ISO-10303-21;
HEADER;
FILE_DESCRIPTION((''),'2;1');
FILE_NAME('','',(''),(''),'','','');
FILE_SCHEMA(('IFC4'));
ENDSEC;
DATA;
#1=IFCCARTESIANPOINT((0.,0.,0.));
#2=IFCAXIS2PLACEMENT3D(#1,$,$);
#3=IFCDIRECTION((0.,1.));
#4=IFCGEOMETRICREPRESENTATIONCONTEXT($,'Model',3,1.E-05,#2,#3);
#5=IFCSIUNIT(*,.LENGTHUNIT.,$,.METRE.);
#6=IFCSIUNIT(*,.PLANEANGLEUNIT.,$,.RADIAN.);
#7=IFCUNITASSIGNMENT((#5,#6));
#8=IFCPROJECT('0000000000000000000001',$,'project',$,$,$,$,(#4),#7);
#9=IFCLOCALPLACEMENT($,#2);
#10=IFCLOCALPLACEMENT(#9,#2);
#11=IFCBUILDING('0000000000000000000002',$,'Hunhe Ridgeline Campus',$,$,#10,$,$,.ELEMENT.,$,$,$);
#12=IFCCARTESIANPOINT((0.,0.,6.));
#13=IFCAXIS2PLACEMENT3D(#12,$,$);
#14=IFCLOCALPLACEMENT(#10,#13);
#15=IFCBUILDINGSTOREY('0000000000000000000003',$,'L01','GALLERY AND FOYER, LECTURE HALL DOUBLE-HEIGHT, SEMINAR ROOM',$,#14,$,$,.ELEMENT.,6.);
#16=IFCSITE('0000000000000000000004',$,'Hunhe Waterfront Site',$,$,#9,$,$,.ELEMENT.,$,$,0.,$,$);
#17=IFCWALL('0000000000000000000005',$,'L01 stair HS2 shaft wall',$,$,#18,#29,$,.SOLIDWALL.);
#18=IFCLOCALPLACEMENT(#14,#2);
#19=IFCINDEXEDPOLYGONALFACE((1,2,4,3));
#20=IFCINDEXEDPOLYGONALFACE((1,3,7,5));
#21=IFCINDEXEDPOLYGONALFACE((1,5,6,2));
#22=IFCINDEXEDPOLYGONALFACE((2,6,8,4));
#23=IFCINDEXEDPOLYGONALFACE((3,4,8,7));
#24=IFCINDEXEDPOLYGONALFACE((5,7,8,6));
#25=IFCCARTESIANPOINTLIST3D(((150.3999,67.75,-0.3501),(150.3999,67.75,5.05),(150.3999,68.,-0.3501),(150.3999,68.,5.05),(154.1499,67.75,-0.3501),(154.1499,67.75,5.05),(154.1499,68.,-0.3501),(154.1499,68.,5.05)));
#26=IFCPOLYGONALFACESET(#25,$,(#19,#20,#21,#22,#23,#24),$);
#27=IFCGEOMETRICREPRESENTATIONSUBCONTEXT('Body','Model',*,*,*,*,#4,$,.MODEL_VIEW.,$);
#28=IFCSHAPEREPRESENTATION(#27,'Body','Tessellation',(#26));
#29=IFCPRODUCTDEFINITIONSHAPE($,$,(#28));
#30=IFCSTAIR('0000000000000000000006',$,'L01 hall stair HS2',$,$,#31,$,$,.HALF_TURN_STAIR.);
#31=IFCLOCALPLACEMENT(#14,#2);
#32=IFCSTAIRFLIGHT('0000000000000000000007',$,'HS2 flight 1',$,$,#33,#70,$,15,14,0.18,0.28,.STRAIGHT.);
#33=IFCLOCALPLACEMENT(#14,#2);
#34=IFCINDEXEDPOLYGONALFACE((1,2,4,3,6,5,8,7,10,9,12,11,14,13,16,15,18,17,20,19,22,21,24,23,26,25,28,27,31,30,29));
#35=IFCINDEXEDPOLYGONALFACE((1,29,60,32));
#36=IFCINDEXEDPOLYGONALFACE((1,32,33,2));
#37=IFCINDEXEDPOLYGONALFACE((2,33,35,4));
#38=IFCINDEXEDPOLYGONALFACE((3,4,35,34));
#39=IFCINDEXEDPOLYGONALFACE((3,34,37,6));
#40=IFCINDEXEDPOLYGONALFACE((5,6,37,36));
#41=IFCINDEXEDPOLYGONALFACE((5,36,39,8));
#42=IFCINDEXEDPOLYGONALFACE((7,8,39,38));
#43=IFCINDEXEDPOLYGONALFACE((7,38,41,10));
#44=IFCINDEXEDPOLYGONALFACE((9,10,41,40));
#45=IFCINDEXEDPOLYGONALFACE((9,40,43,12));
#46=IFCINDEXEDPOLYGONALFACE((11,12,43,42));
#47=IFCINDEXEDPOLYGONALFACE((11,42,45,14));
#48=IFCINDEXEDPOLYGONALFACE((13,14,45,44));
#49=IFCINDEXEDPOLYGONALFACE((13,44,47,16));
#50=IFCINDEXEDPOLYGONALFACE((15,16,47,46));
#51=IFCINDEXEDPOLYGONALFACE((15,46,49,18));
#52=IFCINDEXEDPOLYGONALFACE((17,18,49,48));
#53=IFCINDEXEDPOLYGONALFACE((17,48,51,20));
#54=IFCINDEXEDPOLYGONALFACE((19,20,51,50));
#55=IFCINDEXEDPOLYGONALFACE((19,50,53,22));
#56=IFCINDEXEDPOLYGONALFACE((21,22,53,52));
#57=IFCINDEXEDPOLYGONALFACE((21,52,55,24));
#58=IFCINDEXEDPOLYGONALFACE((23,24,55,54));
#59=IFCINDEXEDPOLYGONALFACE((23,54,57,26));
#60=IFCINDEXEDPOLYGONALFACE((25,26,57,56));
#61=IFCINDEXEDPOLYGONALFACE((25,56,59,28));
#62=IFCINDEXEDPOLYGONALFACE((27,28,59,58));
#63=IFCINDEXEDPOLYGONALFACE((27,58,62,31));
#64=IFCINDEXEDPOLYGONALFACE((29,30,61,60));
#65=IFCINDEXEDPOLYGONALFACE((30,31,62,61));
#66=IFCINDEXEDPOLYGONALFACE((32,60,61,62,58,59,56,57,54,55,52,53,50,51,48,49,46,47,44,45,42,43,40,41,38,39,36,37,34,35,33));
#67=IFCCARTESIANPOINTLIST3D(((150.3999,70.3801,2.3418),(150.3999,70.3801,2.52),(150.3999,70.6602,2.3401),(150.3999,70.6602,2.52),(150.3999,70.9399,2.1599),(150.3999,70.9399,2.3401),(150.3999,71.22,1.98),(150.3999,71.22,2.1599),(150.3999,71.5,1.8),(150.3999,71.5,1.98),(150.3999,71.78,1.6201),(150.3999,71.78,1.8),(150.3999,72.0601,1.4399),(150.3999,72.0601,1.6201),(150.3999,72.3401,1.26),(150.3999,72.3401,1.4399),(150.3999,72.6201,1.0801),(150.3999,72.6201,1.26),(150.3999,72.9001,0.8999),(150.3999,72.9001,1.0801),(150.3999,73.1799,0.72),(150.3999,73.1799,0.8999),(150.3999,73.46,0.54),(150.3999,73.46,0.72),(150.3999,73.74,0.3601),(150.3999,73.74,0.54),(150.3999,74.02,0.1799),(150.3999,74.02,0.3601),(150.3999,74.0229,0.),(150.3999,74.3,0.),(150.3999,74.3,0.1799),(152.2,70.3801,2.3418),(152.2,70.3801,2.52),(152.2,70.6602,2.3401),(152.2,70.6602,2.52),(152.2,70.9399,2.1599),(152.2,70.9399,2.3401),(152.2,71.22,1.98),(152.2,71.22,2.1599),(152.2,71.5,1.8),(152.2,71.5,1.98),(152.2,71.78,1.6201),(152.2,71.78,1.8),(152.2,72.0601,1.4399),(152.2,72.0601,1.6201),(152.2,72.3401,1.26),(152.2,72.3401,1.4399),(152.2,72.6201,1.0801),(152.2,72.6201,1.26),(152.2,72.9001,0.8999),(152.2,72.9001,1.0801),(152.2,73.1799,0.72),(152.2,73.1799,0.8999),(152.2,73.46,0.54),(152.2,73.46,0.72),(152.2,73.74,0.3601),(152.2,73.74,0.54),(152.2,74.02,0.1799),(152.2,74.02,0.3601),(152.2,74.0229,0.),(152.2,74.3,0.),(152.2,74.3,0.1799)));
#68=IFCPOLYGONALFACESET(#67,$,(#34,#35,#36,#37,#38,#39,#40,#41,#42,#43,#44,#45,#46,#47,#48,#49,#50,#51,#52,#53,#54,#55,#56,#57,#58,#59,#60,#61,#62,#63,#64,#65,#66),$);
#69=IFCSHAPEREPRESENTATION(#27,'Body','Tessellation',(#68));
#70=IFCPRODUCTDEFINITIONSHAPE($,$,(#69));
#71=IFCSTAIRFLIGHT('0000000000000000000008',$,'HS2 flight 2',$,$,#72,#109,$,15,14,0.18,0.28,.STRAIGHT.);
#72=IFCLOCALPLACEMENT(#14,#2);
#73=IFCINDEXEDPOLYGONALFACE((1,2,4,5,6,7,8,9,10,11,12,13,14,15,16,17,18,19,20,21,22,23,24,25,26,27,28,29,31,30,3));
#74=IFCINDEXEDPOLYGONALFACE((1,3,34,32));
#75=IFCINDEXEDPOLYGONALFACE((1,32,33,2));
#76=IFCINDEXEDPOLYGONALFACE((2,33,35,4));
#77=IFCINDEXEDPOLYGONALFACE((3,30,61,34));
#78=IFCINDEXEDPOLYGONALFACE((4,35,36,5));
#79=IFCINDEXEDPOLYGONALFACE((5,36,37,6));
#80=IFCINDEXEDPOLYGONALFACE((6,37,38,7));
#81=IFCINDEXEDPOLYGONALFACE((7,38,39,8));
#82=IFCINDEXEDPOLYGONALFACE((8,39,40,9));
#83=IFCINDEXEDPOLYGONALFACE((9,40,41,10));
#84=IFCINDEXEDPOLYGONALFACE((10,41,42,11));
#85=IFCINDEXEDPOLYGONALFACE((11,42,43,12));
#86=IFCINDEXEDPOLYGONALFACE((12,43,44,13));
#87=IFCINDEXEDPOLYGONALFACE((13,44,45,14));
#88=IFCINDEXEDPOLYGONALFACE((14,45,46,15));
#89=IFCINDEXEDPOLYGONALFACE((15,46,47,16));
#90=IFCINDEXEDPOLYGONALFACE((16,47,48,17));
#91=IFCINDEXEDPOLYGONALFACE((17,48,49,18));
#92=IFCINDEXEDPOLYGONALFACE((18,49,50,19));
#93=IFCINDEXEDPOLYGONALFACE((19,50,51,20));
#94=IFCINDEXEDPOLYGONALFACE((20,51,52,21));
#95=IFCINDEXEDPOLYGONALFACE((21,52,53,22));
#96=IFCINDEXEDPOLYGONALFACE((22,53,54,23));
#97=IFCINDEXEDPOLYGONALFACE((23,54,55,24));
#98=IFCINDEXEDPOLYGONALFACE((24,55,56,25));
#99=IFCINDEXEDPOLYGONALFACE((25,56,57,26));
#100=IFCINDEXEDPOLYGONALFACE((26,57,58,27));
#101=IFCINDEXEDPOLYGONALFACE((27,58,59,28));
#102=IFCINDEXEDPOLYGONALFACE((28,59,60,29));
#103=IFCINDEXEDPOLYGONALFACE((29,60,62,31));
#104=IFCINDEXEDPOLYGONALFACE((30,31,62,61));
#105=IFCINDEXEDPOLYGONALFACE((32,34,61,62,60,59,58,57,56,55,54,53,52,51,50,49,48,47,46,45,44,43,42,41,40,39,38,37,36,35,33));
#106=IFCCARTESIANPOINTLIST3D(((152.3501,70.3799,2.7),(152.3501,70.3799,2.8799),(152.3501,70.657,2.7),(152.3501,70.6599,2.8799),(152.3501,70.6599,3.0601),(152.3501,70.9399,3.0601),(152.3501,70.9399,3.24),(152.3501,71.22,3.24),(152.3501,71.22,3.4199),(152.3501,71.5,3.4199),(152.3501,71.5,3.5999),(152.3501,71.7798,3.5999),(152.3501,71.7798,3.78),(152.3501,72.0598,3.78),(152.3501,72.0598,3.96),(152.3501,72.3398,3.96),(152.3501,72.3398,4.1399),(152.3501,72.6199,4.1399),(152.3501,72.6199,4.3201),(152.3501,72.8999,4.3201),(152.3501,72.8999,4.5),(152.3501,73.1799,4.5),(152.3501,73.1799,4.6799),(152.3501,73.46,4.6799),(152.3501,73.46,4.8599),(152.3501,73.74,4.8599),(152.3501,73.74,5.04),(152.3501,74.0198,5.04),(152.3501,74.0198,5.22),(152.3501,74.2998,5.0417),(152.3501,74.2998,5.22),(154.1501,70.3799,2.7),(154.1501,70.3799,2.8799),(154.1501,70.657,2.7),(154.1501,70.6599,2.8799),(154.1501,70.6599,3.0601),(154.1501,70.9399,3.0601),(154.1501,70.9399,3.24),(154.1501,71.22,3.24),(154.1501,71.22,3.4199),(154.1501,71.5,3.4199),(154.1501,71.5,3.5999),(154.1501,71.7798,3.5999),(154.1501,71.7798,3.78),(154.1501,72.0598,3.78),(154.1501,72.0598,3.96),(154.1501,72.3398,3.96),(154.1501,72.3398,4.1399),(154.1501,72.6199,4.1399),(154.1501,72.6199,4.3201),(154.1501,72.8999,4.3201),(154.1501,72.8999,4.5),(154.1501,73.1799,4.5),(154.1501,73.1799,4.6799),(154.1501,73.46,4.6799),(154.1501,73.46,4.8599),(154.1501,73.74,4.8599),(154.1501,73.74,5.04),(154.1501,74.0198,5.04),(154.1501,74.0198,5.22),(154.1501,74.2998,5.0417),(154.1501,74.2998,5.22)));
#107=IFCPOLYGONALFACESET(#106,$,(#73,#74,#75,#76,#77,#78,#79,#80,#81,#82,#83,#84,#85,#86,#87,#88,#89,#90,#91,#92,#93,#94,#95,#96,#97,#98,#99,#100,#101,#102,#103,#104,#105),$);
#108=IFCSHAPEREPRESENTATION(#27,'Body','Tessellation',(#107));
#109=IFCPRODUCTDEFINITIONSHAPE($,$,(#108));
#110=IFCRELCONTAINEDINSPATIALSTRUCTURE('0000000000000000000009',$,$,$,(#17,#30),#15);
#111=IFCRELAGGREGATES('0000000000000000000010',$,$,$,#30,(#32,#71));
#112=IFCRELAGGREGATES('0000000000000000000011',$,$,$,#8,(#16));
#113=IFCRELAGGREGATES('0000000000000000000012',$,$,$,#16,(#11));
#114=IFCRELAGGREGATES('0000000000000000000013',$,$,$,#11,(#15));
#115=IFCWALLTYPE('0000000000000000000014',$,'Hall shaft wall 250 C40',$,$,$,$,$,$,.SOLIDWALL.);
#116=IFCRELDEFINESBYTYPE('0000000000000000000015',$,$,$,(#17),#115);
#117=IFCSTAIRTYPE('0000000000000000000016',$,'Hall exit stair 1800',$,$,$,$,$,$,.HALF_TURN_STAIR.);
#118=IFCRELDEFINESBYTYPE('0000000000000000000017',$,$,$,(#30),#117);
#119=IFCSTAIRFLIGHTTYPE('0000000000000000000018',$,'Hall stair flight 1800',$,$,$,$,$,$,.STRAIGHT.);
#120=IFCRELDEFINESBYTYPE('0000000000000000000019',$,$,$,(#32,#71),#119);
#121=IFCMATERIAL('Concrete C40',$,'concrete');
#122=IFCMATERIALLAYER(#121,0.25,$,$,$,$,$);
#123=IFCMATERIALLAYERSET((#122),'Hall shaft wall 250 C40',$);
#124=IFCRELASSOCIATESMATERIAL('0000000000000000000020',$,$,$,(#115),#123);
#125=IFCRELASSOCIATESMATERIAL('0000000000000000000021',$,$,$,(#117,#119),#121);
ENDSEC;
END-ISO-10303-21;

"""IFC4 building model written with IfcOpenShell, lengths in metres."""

from ifc_helpers import new_model, si_unit, direction, frame, frame_2d, origin, place, context, subcontext, project, spatial, polyline, rectangle, outline, extrude, material, layer, layer_set, type_object, element, aggregate, save


model = new_model("IFC4")

# Units and contexts
model_context = context("Model", 3, precision=1e-05, world=origin(), true_north=direction((0.0, 1.0)))
body_context = subcontext(model_context, "Body", "Model", "MODEL_VIEW")
ifc_project = project(units=[si_unit("LENGTHUNIT", "METRE"), si_unit("PLANEANGLEUNIT", "RADIAN")], contexts=[model_context])

# Site, building, storey
site_placement = place(None, origin())
site = spatial("IfcSite", under=ifc_project, at=site_placement, Name="Hunhe Waterfront Site", CompositionType="ELEMENT", RefElevation=0.0)
building_placement = place(site_placement, origin())
building = spatial("IfcBuilding", under=site, at=building_placement, Name="Hunhe Ridgeline Campus", CompositionType="ELEMENT")
storey_placement = place(building_placement, frame((0.0, 0.0, 6.0)))
storey = spatial("IfcBuildingStorey", under=building, at=storey_placement, Name="L01", Description="GALLERY AND FOYER, LECTURE HALL DOUBLE-HEIGHT, SEMINAR ROOM", CompositionType="ELEMENT", Elevation=6.0)

# Shared definitions
ifc_material_1 = material(Name="Concrete C40", Category="concrete")

# Shared definitions
ifc_layer_1 = layer(ifc_material_1, 0.25)
ifc_layer_set_1 = layer_set([ifc_layer_1], Name="Hall shaft wall 250 C40")
wall_type_1 = type_object("IfcWallType", Name="Hall shaft wall 250 C40", PredefinedType="SOLIDWALL", material=ifc_layer_set_1)

# Wall
wall_1_placement = place(storey_placement, frame((154.1499, 67.875, -0.3501), z_axis=(0.0, 0.0, 1.0), x_axis=(-1.0, 0.0, 0.0)))
element("IfcWall", 1, at=wall_1_placement, inside=storey, type_object=wall_type_1, Name="L01 stair HS2 shaft wall", PredefinedType="SOLIDWALL", context=body_context, shape_type="SweptSolid", body=[
    extrude(rectangle(XDim=3.75, YDim=0.25, at=frame_2d((1.875, 0.0))), origin(), (0.0, 0.0, 1.0), 5.4001),
])

# Stair, stair flights
stair_type = type_object("IfcStairType", Name="Hall exit stair 1800", PredefinedType="HALF_TURN_STAIR", material=ifc_material_1)
stair_placement = place(storey_placement, origin())
stair = element("IfcStair", 2, at=stair_placement, inside=storey, type_object=stair_type, Name="L01 hall stair HS2", PredefinedType="HALF_TURN_STAIR")
stair_flight_type = type_object("IfcStairFlightType", Name="Hall stair flight 1800", PredefinedType="STRAIGHT", material=ifc_material_1)
stair_flight_1_placement = place(storey_placement, frame((151.3, 74.3, 0.0), z_axis=(0.0, 0.0, 1.0), x_axis=(0.0, -1.0, 0.0)))
stair_flight_1 = element("IfcStairFlight", 3, at=stair_flight_1_placement, type_object=stair_flight_type, Name="HS2 flight 1", NumberOfRisers=15, NumberOfTreads=14, PredefinedType="STRAIGHT", RiserHeight=0.18, TreadLength=0.28, context=body_context, shape_type="SweptSolid", body=[
    extrude(outline(polyline([(0.0, 0.0), (0.0, 0.1799), (0.28, 0.1799), (0.28, 0.3601), (0.5601, 0.3601), (0.5601, 0.54), (0.8401, 0.54), (0.8401, 0.72), (1.1201, 0.72), (1.1201, 0.8999), (1.3999, 0.8999), (1.3999, 1.0801), (1.6799, 1.0801), (1.6799, 1.26), (1.96, 1.26), (1.96, 1.4399), (2.24, 1.4399), (2.24, 1.6201), (2.52, 1.6201), (2.52, 1.8), (2.8, 1.8), (2.8, 1.98), (3.0801, 1.98), (3.0801, 2.1599), (3.3601, 2.1599), (3.3601, 2.3401), (3.6399, 2.3401), (3.6399, 2.52), (3.9199, 2.52), (3.9199, 2.7), (3.9199, 2.3418), (0.2771, 0.0), (0.0, 0.0)])), frame((0.0, 0.8999, 0.0), z_axis=(0.0, -1.0, 0.0), x_axis=(1.0, 0.0, 0.0)), (0.0, 0.0, 1.0), 1.8),
])
stair_flight_2_placement = place(storey_placement, frame((153.25, 70.3799, 2.7), z_axis=(0.0, 0.0, 1.0), x_axis=(0.0, 1.0, 0.0)))
stair_flight_2 = element("IfcStairFlight", 4, at=stair_flight_2_placement, type_object=stair_flight_type, Name="HS2 flight 2", NumberOfRisers=15, NumberOfTreads=14, PredefinedType="STRAIGHT", RiserHeight=0.18, TreadLength=0.28, context=body_context, shape_type="SweptSolid", body=[
    extrude(outline(polyline([(0.0, 0.0), (0.0, 0.1799), (0.28, 0.1799), (0.28, 0.3601), (0.5601, 0.3601), (0.5601, 0.54), (0.8401, 0.54), (0.8401, 0.72), (1.1201, 0.72), (1.1201, 0.8999), (1.3999, 0.8999), (1.3999, 1.0801), (1.6799, 1.0801), (1.6799, 1.26), (1.96, 1.26), (1.96, 1.4399), (2.24, 1.4399), (2.24, 1.6201), (2.52, 1.6201), (2.52, 1.8), (2.8, 1.8), (2.8, 1.98), (3.0801, 1.98), (3.0801, 2.1599), (3.3601, 2.1599), (3.3601, 2.3401), (3.6399, 2.3401), (3.6399, 2.52), (3.9199, 2.52), (3.9199, 2.7), (3.9199, 2.3418), (0.2771, 0.0), (0.0, 0.0)])), frame((0.0, 0.8999, 0.0), z_axis=(0.0, -1.0, 0.0), x_axis=(1.0, 0.0, 0.0)), (0.0, 0.0, 1.0), 1.8),
])
aggregate(stair, [stair_flight_1, stair_flight_2])

save(model, "model.ifc")
